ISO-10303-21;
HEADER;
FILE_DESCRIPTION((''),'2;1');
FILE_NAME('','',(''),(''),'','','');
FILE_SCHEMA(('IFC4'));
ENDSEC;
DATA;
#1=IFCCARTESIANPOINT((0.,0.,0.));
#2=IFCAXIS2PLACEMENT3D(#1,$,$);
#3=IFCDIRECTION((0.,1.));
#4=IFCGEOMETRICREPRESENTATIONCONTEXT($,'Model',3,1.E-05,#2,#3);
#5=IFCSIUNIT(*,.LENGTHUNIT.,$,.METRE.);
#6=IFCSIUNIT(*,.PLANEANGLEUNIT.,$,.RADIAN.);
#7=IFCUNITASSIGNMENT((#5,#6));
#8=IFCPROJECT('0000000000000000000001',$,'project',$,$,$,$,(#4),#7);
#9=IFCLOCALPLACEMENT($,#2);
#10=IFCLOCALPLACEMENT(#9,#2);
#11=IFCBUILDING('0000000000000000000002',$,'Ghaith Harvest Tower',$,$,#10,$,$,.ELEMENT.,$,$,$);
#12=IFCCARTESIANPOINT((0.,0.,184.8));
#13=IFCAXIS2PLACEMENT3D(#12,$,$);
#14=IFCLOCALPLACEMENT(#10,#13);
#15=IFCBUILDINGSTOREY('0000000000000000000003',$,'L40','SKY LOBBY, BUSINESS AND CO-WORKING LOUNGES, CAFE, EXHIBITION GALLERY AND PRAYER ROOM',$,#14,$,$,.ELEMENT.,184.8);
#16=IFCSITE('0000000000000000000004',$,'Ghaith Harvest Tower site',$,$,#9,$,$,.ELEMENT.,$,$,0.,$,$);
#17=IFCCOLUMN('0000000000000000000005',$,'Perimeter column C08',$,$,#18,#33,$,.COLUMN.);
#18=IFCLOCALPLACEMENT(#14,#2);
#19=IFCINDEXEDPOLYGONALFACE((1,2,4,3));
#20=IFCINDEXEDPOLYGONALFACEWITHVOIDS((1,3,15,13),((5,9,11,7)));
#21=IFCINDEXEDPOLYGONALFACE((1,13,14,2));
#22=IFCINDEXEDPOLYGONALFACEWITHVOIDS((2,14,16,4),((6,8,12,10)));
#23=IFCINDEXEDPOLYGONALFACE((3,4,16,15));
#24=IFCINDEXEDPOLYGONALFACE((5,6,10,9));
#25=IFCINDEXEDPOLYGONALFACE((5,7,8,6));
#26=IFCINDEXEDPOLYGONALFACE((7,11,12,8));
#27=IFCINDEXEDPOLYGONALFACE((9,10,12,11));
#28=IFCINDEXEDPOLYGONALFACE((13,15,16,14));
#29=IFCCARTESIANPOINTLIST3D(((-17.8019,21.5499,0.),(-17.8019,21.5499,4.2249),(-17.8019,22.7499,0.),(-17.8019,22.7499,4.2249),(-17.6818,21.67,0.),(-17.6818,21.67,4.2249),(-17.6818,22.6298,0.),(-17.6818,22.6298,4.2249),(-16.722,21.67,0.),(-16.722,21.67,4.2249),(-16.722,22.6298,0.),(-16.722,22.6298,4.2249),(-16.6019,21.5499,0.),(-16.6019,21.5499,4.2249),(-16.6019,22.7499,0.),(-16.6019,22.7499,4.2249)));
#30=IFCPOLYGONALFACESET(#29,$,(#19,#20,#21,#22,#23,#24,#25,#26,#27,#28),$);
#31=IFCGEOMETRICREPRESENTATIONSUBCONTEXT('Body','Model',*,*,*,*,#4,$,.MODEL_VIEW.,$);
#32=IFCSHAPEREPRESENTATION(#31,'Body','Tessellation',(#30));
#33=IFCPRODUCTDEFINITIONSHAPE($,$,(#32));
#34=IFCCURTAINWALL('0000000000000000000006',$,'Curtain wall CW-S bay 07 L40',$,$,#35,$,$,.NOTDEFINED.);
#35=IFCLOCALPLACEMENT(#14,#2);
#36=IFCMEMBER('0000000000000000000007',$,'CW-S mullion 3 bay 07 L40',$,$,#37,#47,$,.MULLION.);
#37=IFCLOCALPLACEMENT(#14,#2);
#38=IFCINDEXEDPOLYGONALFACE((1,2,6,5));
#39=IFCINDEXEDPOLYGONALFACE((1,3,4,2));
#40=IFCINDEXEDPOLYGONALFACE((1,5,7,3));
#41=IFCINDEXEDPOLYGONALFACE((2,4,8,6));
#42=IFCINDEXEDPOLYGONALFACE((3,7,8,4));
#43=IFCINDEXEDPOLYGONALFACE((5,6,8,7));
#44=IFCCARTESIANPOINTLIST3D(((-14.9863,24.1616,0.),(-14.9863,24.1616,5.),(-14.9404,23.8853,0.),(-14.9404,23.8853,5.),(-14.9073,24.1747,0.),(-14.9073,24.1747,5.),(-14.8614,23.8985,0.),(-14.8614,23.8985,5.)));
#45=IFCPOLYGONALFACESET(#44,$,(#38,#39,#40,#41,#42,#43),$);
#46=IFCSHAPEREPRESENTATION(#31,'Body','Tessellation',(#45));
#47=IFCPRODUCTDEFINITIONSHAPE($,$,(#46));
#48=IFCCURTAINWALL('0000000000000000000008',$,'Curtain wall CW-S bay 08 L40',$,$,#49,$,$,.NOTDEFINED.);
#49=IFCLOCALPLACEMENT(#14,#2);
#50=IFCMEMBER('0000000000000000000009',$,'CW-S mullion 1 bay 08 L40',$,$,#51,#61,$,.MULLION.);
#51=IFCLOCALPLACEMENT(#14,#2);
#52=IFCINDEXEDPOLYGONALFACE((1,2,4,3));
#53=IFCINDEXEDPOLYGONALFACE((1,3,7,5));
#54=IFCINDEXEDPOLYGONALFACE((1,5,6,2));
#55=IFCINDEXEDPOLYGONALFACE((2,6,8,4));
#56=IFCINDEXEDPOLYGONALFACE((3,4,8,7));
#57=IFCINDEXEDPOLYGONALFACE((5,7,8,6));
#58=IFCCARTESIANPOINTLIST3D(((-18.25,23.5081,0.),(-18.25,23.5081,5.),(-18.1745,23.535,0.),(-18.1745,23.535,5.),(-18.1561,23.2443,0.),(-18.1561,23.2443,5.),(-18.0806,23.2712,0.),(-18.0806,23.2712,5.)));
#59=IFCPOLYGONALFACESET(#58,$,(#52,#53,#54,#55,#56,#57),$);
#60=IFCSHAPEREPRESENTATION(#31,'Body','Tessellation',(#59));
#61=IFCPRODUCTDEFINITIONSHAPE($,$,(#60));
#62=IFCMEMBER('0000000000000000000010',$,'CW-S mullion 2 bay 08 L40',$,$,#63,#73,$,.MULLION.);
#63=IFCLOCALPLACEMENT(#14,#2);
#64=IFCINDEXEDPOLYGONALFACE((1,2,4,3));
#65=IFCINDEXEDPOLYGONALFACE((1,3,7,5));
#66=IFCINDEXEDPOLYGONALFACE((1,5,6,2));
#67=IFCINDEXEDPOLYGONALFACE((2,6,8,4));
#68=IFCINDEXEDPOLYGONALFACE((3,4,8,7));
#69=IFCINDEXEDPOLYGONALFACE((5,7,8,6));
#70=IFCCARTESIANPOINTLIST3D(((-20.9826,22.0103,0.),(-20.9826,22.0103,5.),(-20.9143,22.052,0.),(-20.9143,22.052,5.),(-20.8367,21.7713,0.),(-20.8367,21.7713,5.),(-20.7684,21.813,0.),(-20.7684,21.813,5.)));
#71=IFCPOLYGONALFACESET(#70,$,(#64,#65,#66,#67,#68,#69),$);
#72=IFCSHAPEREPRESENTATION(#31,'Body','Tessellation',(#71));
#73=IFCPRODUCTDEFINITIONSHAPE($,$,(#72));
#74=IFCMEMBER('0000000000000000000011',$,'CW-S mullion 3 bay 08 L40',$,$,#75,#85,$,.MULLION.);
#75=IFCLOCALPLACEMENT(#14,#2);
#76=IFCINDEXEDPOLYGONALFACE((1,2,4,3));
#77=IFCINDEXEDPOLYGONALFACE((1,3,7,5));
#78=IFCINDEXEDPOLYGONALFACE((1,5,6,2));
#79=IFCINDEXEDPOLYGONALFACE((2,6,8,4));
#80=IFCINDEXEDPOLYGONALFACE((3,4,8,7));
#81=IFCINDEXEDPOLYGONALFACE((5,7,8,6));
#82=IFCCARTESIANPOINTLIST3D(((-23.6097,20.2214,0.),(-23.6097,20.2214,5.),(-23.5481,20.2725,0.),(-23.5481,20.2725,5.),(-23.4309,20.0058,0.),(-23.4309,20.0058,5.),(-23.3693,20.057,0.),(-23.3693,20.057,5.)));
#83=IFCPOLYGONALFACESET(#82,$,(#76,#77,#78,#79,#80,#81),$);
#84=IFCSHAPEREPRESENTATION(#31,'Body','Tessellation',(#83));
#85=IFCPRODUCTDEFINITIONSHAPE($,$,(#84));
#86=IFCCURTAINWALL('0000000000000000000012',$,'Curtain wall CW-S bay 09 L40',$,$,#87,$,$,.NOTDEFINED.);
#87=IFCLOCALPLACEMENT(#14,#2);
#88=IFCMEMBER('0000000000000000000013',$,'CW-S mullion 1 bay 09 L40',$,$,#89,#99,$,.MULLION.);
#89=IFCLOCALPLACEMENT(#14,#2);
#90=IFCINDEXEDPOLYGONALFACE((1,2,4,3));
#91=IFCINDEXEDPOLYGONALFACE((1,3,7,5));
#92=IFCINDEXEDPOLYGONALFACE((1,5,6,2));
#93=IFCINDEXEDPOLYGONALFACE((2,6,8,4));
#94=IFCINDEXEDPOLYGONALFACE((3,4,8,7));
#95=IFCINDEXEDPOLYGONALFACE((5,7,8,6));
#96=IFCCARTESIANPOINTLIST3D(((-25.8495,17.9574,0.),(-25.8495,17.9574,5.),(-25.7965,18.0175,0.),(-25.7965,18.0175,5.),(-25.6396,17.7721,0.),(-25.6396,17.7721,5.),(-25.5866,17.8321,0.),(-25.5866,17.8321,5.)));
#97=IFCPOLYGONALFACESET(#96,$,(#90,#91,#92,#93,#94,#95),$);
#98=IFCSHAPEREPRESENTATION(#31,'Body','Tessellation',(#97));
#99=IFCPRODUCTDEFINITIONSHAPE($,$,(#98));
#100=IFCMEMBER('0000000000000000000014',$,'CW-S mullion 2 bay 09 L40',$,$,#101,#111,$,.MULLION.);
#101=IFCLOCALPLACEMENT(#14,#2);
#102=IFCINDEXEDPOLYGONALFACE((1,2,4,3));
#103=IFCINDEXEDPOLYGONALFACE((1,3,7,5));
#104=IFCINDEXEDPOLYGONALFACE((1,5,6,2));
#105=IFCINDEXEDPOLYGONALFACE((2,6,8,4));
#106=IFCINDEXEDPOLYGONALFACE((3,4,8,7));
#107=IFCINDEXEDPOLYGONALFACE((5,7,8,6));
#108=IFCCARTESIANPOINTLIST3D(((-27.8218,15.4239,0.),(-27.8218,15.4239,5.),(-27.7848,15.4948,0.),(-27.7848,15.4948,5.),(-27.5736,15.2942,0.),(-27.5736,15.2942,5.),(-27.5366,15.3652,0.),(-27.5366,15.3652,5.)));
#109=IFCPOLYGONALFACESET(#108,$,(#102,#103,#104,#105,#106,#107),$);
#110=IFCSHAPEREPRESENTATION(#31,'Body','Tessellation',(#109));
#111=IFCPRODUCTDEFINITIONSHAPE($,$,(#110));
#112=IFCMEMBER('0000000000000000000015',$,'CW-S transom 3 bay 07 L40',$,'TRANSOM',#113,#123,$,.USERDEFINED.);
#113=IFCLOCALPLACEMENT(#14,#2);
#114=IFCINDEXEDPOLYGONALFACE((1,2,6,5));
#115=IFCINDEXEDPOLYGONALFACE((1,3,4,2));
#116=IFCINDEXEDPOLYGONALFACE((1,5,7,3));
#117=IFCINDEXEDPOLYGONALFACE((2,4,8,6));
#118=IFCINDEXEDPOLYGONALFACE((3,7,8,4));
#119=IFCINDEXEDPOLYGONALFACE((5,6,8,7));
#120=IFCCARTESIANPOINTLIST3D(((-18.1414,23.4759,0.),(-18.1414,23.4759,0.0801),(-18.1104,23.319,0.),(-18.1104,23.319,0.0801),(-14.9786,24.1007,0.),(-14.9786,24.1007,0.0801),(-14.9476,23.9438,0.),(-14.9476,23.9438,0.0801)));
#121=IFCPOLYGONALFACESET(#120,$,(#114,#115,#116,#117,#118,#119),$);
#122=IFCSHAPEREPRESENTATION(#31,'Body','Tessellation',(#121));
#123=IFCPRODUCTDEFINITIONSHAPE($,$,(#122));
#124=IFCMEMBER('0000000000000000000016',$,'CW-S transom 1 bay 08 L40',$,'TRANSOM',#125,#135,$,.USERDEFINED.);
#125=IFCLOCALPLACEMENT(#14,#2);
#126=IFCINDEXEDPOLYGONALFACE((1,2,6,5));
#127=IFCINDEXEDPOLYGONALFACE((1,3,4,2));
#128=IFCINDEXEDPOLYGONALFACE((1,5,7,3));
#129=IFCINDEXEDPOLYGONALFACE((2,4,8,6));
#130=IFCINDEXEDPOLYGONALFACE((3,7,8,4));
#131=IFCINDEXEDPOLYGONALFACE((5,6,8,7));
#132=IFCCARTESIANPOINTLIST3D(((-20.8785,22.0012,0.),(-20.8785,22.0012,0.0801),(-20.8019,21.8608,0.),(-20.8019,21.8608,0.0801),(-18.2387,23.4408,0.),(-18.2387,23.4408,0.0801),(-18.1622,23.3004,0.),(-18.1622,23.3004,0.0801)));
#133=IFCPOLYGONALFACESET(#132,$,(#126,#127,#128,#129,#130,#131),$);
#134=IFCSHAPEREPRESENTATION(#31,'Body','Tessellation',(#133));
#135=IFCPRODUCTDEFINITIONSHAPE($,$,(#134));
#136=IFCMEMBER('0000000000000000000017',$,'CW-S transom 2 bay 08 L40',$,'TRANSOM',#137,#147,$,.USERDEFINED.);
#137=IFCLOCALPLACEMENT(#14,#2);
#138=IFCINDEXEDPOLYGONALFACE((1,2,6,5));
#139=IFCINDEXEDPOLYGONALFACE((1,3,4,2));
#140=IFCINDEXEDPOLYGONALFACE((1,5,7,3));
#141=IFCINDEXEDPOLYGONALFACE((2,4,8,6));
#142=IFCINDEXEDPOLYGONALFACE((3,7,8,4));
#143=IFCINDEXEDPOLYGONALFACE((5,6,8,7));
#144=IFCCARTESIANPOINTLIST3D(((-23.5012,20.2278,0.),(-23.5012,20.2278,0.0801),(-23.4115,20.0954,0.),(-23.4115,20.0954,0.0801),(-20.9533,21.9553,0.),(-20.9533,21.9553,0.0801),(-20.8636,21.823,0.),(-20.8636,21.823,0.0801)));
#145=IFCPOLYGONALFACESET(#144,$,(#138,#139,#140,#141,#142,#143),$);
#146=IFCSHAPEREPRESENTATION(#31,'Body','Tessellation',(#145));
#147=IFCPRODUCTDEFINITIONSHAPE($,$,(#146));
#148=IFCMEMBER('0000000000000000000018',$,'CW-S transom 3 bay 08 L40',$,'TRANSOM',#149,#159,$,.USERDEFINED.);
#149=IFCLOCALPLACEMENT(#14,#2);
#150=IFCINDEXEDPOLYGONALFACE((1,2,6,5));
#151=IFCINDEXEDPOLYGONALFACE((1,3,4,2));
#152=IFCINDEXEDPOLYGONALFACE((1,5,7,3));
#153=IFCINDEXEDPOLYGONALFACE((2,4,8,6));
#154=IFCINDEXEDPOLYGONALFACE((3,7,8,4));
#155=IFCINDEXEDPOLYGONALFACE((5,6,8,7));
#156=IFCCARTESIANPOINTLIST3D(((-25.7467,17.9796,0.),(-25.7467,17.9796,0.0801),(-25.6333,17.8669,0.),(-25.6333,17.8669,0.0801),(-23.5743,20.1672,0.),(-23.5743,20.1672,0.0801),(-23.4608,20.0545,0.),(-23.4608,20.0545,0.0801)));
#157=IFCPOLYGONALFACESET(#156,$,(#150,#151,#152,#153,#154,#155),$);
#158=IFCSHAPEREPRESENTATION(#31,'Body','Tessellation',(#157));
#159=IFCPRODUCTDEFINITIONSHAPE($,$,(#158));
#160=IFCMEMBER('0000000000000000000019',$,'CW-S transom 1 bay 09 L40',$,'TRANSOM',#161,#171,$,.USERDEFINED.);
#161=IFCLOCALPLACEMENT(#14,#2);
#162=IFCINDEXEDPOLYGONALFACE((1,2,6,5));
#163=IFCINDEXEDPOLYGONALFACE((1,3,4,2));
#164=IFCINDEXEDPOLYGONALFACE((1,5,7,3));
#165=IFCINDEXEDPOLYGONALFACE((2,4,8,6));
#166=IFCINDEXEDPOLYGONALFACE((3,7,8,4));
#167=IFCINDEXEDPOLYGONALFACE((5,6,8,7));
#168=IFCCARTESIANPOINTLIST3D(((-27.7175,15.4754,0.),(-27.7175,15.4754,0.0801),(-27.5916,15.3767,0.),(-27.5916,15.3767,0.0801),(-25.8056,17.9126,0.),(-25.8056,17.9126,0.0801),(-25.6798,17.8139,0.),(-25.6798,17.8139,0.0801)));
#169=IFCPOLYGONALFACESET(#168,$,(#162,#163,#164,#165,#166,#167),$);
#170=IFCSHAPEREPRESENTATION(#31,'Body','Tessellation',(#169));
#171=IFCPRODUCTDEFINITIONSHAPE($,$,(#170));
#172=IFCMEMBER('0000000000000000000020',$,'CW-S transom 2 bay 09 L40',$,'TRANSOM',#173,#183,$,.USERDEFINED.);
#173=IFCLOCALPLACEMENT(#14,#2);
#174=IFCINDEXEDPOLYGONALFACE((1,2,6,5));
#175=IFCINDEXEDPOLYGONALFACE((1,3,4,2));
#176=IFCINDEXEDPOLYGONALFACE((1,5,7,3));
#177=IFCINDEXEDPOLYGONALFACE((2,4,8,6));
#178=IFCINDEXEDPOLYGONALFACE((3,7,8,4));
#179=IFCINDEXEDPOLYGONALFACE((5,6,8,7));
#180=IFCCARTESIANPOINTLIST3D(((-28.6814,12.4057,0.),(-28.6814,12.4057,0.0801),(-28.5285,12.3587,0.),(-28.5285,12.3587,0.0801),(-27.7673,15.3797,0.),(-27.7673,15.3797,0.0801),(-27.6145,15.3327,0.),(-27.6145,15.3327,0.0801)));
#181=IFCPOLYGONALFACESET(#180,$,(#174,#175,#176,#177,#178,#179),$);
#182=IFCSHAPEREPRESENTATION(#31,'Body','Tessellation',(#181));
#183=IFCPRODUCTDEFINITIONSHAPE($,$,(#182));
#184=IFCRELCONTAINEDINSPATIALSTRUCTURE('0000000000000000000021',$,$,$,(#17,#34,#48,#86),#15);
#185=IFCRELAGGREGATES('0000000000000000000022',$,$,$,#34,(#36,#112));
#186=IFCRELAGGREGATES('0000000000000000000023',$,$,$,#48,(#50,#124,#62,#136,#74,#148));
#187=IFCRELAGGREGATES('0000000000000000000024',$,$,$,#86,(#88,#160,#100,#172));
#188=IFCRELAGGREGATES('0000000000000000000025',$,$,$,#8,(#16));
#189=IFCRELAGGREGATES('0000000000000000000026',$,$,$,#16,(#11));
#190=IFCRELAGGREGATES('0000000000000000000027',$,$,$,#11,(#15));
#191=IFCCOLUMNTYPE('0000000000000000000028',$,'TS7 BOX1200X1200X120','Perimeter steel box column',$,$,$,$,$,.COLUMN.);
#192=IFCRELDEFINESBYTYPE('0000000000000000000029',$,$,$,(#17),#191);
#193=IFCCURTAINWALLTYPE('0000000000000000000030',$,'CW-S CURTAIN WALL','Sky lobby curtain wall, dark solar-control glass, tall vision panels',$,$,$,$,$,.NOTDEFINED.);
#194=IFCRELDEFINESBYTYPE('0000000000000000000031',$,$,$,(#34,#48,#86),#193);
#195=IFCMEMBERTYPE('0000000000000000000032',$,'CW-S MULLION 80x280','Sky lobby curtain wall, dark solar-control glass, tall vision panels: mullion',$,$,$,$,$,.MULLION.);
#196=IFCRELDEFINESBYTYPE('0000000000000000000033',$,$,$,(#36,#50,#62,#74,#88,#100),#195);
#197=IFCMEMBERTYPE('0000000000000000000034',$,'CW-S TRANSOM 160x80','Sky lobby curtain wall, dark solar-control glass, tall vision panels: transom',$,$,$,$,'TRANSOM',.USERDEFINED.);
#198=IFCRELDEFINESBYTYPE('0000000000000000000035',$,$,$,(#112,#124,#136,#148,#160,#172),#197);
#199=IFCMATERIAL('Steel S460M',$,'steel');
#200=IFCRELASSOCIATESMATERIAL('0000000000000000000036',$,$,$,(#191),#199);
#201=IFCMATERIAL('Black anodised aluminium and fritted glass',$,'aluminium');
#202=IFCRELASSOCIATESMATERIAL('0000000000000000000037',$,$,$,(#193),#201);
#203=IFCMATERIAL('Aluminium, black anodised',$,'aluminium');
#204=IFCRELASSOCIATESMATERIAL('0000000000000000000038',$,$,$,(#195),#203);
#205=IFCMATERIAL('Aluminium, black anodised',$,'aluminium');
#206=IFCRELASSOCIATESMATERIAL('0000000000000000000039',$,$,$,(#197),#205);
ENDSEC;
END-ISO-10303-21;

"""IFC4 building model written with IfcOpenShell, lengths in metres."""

from ifc_helpers import new_model, si_unit, direction, frame, origin, origin_2d, place, context, subcontext, project, spatial, rectangle, hollow_rectangle, extrude, material, material_profile, profile_set, type_object, element, aggregate, save


model = new_model("IFC4")

# Units and contexts
model_context = context("Model", 3, precision=1e-05, world=origin(), true_north=direction((0.0, 1.0)))
body_context = subcontext(model_context, "Body", "Model", "MODEL_VIEW")
ifc_project = project(units=[si_unit("LENGTHUNIT", "METRE"), si_unit("PLANEANGLEUNIT", "RADIAN")], contexts=[model_context])

# Site, building, storey
site_placement = place(None, origin())
site = spatial("IfcSite", under=ifc_project, at=site_placement, Name="Ghaith Harvest Tower site", CompositionType="ELEMENT", RefElevation=0.0)
building_placement = place(site_placement, origin())
building = spatial("IfcBuilding", under=site, at=building_placement, Name="Ghaith Harvest Tower", CompositionType="ELEMENT")
storey_placement = place(building_placement, frame((0.0, 0.0, 184.8)))
storey = spatial("IfcBuildingStorey", under=building, at=storey_placement, Name="L40", Description="SKY LOBBY, BUSINESS AND CO-WORKING LOUNGES, CAFE, EXHIBITION GALLERY AND PRAYER ROOM", CompositionType="ELEMENT", Elevation=184.8)

# Column
ifc_material_1 = material(Name="Steel S460M", Category="steel")
ifc_material_profile_1 = material_profile(ifc_material_1, hollow_rectangle(XDim=1.2, YDim=1.2, WallThickness=0.1201, at=origin_2d()), Name="BOX1200X1200X120")
ifc_profile_set_1 = profile_set([ifc_material_profile_1], Name="Steel S460M")
column_type = type_object("IfcColumnType", Name="TS7 BOX1200X1200X120", Description="Perimeter steel box column", PredefinedType="COLUMN", material=ifc_profile_set_1)
column_placement = place(storey_placement, frame((-17.2019, 22.1499, 0.0), z_axis=(0.0, 0.0, 1.0), x_axis=(1.0, 0.0, 0.0)))
element("IfcColumn", 1, at=column_placement, inside=storey, type_object=column_type, Name="Perimeter column C08", PredefinedType="COLUMN", context=body_context, shape_type="SweptSolid", body=[
    extrude(hollow_rectangle(XDim=1.2, YDim=1.2, WallThickness=0.1201, at=origin_2d()), origin(), (0.0, 0.0, 1.0), 4.2249),
])

# Curtain wall, member
ifc_material_2 = material(Name="Black anodised aluminium and fritted glass", Category="aluminium")
curtain_wall_type = type_object("IfcCurtainWallType", Name="CW-S CURTAIN WALL", Description="Sky lobby curtain wall, dark solar-control glass, tall vision panels", PredefinedType="NOTDEFINED", material=ifc_material_2)
curtain_wall_1_placement = place(storey_placement, origin())
curtain_wall_1 = element("IfcCurtainWall", 2, at=curtain_wall_1_placement, inside=storey, type_object=curtain_wall_type, Name="Curtain wall CW-S bay 07 L40", PredefinedType="NOTDEFINED")
ifc_material_3 = material(Name="Aluminium, black anodised", Category="aluminium")
ifc_material_profile_2 = material_profile(ifc_material_3, rectangle(XDim=0.0801, YDim=0.28, at=origin_2d()), Name="CW-S MULLION 80x280")
ifc_profile_set_2 = profile_set([ifc_material_profile_2], Name="Aluminium, black anodised")
member_type_1 = type_object("IfcMemberType", Name="CW-S MULLION 80x280", Description="Sky lobby curtain wall, dark solar-control glass, tall vision panels: mullion", PredefinedType="MULLION", material=ifc_profile_set_2)
member_1_placement = place(storey_placement, frame((-14.9238, 24.03, 0.0), z_axis=(0.0, 0.0, 1.0), x_axis=(-0.986495, -0.163794, 0.0)))
member_1 = element("IfcMember", 3, at=member_1_placement, type_object=member_type_1, Name="CW-S mullion 3 bay 07 L40", PredefinedType="MULLION", context=body_context, shape_type="SweptSolid", body=[
    extrude(rectangle(XDim=0.0801, YDim=0.28, at=origin_2d()), origin(), (0.0, 0.0, 1.0), 5.0),
])

# Curtain walls, members
curtain_wall_2_placement = place(storey_placement, origin())
curtain_wall_2 = element("IfcCurtainWall", 4, at=curtain_wall_2_placement, inside=storey, type_object=curtain_wall_type, Name="Curtain wall CW-S bay 08 L40", PredefinedType="NOTDEFINED")
member_2_placement = place(storey_placement, frame((-18.1653, 23.3896, 0.0), z_axis=(0.0, 0.0, 1.0), x_axis=(-0.942104, -0.335322, 0.0)))
member_2 = element("IfcMember", 5, at=member_2_placement, type_object=member_type_1, Name="CW-S mullion 1 bay 08 L40", PredefinedType="MULLION", context=body_context, shape_type="SweptSolid", body=[
    extrude(rectangle(XDim=0.0801, YDim=0.28, at=origin_2d()), origin(), (0.0, 0.0, 1.0), 5.0),
])
member_3_placement = place(storey_placement, frame((-20.8755, 21.9116, 0.0), z_axis=(0.0, 0.0, 1.0), x_axis=(-0.853516, -0.521067, 0.0)))
member_3 = element("IfcMember", 6, at=member_3_placement, type_object=member_type_1, Name="CW-S mullion 2 bay 08 L40", PredefinedType="MULLION", context=body_context, shape_type="SweptSolid", body=[
    extrude(rectangle(XDim=0.0801, YDim=0.28, at=origin_2d()), origin(), (0.0, 0.0, 1.0), 5.0),
])
member_4_placement = place(storey_placement, frame((-23.4895, 20.1392, 0.0), z_axis=(0.0, 0.0, 1.0), x_axis=(-0.769683, -0.638427, 0.0)))
member_4 = element("IfcMember", 7, at=member_4_placement, type_object=member_type_1, Name="CW-S mullion 3 bay 08 L40", PredefinedType="MULLION", context=body_context, shape_type="SweptSolid", body=[
    extrude(rectangle(XDim=0.0801, YDim=0.28, at=origin_2d()), origin(), (0.0, 0.0, 1.0), 5.0),
])
curtain_wall_3_placement = place(storey_placement, origin())
curtain_wall_3 = element("IfcCurtainWall", 8, at=curtain_wall_3_placement, inside=storey, type_object=curtain_wall_type, Name="Curtain wall CW-S bay 09 L40", PredefinedType="NOTDEFINED")
member_5_placement = place(storey_placement, frame((-25.718, 17.8948, 0.0), z_axis=(0.0, 0.0, 1.0), x_axis=(-0.661904, -0.749589, 0.0)))
member_5 = element("IfcMember", 9, at=member_5_placement, type_object=member_type_1, Name="CW-S mullion 1 bay 09 L40", PredefinedType="MULLION", context=body_context, shape_type="SweptSolid", body=[
    extrude(rectangle(XDim=0.0801, YDim=0.28, at=origin_2d()), origin(), (0.0, 0.0, 1.0), 5.0),
])
member_6_placement = place(storey_placement, frame((-27.6792, 15.3945, 0.0), z_axis=(0.0, 0.0, 1.0), x_axis=(-0.46289, -0.886416, 0.0)))
member_6 = element("IfcMember", 10, at=member_6_placement, type_object=member_type_1, Name="CW-S mullion 2 bay 09 L40", PredefinedType="MULLION", context=body_context, shape_type="SweptSolid", body=[
    extrude(rectangle(XDim=0.0801, YDim=0.28, at=origin_2d()), origin(), (0.0, 0.0, 1.0), 5.0),
])

# Members
ifc_material_4 = material(Name="Aluminium, black anodised", Category="aluminium")
ifc_material_profile_3 = material_profile(ifc_material_4, rectangle(XDim=0.1599, YDim=0.0801, at=origin_2d()), Name="CW-S TRANSOM 160x80")
ifc_profile_set_3 = profile_set([ifc_material_profile_3], Name="Aluminium, black anodised")
member_type_2 = type_object("IfcMemberType", Name="CW-S TRANSOM 160x80", Description="Sky lobby curtain wall, dark solar-control glass, tall vision panels: transom", ElementType="TRANSOM", PredefinedType="USERDEFINED", material=ifc_profile_set_3)
member_7_placement = place(storey_placement, frame((-14.9631, 24.0222, 0.04), z_axis=(-0.981044, -0.193786, 0.0), x_axis=(0.193786, -0.981044, 0.0)))
member_7 = element("IfcMember", 11, at=member_7_placement, type_object=member_type_2, Name="CW-S transom 3 bay 07 L40", ObjectType="TRANSOM", PredefinedType="USERDEFINED", context=body_context, shape_type="SweptSolid", body=[
    extrude(rectangle(XDim=0.1599, YDim=0.0801, at=origin_2d()), origin(), (0.0, 0.0, 1.0), 3.2239),
])
member_8_placement = place(storey_placement, frame((-18.2004, 23.3706, 0.04), z_axis=(-0.87793, -0.47879, 0.0), x_axis=(0.47879, -0.87793, 0.0)))
member_8 = element("IfcMember", 12, at=member_8_placement, type_object=member_type_2, Name="CW-S transom 1 bay 08 L40", ObjectType="TRANSOM", PredefinedType="USERDEFINED", context=body_context, shape_type="SweptSolid", body=[
    extrude(rectangle(XDim=0.1599, YDim=0.0801, at=origin_2d()), origin(), (0.0, 0.0, 1.0), 3.0068),
])
member_9_placement = place(storey_placement, frame((-20.9084, 21.8892, 0.04), z_axis=(-0.827681, -0.561199, 0.0), x_axis=(0.561199, -0.827681, 0.0)))
member_9 = element("IfcMember", 13, at=member_9_placement, type_object=member_type_2, Name="CW-S transom 2 bay 08 L40", ObjectType="TRANSOM", PredefinedType="USERDEFINED", context=body_context, shape_type="SweptSolid", body=[
    extrude(rectangle(XDim=0.1599, YDim=0.0801, at=origin_2d()), origin(), (0.0, 0.0, 1.0), 3.0784),
])
member_10_placement = place(storey_placement, frame((-23.5176, 20.1108, 0.04), z_axis=(-0.704648, -0.709557, 0.0), x_axis=(0.709557, -0.704648, 0.0)))
member_10 = element("IfcMember", 14, at=member_10_placement, type_object=member_type_2, Name="CW-S transom 3 bay 08 L40", ObjectType="TRANSOM", PredefinedType="USERDEFINED", context=body_context, shape_type="SweptSolid", body=[
    extrude(rectangle(XDim=0.1599, YDim=0.0801, at=origin_2d()), origin(), (0.0, 0.0, 1.0), 3.083),
])
member_11_placement = place(storey_placement, frame((-25.7427, 17.8633, 0.04), z_axis=(-0.617198, -0.786808, 0.0), x_axis=(0.786808, -0.617198, 0.0)))
member_11 = element("IfcMember", 15, at=member_11_placement, type_object=member_type_2, Name="CW-S transom 1 bay 09 L40", ObjectType="TRANSOM", PredefinedType="USERDEFINED", context=body_context, shape_type="SweptSolid", body=[
    extrude(rectangle(XDim=0.1599, YDim=0.0801, at=origin_2d()), origin(), (0.0, 0.0, 1.0), 3.0977),
])
member_12_placement = place(storey_placement, frame((-27.6909, 15.3562, 0.04), z_axis=(-0.293777, -0.955874, 0.0), x_axis=(0.955874, -0.293777, 0.0)))
member_12 = element("IfcMember", 16, at=member_12_placement, type_object=member_type_2, Name="CW-S transom 2 bay 09 L40", ObjectType="TRANSOM", PredefinedType="USERDEFINED", context=body_context, shape_type="SweptSolid", body=[
    extrude(rectangle(XDim=0.1599, YDim=0.0801, at=origin_2d()), origin(), (0.0, 0.0, 1.0), 3.1113),
])

aggregate(curtain_wall_1, [member_1, member_7])
aggregate(curtain_wall_2, [member_2, member_8, member_3, member_9, member_4, member_10])
aggregate(curtain_wall_3, [member_5, member_11, member_6, member_12])

save(model, "model.ifc")
